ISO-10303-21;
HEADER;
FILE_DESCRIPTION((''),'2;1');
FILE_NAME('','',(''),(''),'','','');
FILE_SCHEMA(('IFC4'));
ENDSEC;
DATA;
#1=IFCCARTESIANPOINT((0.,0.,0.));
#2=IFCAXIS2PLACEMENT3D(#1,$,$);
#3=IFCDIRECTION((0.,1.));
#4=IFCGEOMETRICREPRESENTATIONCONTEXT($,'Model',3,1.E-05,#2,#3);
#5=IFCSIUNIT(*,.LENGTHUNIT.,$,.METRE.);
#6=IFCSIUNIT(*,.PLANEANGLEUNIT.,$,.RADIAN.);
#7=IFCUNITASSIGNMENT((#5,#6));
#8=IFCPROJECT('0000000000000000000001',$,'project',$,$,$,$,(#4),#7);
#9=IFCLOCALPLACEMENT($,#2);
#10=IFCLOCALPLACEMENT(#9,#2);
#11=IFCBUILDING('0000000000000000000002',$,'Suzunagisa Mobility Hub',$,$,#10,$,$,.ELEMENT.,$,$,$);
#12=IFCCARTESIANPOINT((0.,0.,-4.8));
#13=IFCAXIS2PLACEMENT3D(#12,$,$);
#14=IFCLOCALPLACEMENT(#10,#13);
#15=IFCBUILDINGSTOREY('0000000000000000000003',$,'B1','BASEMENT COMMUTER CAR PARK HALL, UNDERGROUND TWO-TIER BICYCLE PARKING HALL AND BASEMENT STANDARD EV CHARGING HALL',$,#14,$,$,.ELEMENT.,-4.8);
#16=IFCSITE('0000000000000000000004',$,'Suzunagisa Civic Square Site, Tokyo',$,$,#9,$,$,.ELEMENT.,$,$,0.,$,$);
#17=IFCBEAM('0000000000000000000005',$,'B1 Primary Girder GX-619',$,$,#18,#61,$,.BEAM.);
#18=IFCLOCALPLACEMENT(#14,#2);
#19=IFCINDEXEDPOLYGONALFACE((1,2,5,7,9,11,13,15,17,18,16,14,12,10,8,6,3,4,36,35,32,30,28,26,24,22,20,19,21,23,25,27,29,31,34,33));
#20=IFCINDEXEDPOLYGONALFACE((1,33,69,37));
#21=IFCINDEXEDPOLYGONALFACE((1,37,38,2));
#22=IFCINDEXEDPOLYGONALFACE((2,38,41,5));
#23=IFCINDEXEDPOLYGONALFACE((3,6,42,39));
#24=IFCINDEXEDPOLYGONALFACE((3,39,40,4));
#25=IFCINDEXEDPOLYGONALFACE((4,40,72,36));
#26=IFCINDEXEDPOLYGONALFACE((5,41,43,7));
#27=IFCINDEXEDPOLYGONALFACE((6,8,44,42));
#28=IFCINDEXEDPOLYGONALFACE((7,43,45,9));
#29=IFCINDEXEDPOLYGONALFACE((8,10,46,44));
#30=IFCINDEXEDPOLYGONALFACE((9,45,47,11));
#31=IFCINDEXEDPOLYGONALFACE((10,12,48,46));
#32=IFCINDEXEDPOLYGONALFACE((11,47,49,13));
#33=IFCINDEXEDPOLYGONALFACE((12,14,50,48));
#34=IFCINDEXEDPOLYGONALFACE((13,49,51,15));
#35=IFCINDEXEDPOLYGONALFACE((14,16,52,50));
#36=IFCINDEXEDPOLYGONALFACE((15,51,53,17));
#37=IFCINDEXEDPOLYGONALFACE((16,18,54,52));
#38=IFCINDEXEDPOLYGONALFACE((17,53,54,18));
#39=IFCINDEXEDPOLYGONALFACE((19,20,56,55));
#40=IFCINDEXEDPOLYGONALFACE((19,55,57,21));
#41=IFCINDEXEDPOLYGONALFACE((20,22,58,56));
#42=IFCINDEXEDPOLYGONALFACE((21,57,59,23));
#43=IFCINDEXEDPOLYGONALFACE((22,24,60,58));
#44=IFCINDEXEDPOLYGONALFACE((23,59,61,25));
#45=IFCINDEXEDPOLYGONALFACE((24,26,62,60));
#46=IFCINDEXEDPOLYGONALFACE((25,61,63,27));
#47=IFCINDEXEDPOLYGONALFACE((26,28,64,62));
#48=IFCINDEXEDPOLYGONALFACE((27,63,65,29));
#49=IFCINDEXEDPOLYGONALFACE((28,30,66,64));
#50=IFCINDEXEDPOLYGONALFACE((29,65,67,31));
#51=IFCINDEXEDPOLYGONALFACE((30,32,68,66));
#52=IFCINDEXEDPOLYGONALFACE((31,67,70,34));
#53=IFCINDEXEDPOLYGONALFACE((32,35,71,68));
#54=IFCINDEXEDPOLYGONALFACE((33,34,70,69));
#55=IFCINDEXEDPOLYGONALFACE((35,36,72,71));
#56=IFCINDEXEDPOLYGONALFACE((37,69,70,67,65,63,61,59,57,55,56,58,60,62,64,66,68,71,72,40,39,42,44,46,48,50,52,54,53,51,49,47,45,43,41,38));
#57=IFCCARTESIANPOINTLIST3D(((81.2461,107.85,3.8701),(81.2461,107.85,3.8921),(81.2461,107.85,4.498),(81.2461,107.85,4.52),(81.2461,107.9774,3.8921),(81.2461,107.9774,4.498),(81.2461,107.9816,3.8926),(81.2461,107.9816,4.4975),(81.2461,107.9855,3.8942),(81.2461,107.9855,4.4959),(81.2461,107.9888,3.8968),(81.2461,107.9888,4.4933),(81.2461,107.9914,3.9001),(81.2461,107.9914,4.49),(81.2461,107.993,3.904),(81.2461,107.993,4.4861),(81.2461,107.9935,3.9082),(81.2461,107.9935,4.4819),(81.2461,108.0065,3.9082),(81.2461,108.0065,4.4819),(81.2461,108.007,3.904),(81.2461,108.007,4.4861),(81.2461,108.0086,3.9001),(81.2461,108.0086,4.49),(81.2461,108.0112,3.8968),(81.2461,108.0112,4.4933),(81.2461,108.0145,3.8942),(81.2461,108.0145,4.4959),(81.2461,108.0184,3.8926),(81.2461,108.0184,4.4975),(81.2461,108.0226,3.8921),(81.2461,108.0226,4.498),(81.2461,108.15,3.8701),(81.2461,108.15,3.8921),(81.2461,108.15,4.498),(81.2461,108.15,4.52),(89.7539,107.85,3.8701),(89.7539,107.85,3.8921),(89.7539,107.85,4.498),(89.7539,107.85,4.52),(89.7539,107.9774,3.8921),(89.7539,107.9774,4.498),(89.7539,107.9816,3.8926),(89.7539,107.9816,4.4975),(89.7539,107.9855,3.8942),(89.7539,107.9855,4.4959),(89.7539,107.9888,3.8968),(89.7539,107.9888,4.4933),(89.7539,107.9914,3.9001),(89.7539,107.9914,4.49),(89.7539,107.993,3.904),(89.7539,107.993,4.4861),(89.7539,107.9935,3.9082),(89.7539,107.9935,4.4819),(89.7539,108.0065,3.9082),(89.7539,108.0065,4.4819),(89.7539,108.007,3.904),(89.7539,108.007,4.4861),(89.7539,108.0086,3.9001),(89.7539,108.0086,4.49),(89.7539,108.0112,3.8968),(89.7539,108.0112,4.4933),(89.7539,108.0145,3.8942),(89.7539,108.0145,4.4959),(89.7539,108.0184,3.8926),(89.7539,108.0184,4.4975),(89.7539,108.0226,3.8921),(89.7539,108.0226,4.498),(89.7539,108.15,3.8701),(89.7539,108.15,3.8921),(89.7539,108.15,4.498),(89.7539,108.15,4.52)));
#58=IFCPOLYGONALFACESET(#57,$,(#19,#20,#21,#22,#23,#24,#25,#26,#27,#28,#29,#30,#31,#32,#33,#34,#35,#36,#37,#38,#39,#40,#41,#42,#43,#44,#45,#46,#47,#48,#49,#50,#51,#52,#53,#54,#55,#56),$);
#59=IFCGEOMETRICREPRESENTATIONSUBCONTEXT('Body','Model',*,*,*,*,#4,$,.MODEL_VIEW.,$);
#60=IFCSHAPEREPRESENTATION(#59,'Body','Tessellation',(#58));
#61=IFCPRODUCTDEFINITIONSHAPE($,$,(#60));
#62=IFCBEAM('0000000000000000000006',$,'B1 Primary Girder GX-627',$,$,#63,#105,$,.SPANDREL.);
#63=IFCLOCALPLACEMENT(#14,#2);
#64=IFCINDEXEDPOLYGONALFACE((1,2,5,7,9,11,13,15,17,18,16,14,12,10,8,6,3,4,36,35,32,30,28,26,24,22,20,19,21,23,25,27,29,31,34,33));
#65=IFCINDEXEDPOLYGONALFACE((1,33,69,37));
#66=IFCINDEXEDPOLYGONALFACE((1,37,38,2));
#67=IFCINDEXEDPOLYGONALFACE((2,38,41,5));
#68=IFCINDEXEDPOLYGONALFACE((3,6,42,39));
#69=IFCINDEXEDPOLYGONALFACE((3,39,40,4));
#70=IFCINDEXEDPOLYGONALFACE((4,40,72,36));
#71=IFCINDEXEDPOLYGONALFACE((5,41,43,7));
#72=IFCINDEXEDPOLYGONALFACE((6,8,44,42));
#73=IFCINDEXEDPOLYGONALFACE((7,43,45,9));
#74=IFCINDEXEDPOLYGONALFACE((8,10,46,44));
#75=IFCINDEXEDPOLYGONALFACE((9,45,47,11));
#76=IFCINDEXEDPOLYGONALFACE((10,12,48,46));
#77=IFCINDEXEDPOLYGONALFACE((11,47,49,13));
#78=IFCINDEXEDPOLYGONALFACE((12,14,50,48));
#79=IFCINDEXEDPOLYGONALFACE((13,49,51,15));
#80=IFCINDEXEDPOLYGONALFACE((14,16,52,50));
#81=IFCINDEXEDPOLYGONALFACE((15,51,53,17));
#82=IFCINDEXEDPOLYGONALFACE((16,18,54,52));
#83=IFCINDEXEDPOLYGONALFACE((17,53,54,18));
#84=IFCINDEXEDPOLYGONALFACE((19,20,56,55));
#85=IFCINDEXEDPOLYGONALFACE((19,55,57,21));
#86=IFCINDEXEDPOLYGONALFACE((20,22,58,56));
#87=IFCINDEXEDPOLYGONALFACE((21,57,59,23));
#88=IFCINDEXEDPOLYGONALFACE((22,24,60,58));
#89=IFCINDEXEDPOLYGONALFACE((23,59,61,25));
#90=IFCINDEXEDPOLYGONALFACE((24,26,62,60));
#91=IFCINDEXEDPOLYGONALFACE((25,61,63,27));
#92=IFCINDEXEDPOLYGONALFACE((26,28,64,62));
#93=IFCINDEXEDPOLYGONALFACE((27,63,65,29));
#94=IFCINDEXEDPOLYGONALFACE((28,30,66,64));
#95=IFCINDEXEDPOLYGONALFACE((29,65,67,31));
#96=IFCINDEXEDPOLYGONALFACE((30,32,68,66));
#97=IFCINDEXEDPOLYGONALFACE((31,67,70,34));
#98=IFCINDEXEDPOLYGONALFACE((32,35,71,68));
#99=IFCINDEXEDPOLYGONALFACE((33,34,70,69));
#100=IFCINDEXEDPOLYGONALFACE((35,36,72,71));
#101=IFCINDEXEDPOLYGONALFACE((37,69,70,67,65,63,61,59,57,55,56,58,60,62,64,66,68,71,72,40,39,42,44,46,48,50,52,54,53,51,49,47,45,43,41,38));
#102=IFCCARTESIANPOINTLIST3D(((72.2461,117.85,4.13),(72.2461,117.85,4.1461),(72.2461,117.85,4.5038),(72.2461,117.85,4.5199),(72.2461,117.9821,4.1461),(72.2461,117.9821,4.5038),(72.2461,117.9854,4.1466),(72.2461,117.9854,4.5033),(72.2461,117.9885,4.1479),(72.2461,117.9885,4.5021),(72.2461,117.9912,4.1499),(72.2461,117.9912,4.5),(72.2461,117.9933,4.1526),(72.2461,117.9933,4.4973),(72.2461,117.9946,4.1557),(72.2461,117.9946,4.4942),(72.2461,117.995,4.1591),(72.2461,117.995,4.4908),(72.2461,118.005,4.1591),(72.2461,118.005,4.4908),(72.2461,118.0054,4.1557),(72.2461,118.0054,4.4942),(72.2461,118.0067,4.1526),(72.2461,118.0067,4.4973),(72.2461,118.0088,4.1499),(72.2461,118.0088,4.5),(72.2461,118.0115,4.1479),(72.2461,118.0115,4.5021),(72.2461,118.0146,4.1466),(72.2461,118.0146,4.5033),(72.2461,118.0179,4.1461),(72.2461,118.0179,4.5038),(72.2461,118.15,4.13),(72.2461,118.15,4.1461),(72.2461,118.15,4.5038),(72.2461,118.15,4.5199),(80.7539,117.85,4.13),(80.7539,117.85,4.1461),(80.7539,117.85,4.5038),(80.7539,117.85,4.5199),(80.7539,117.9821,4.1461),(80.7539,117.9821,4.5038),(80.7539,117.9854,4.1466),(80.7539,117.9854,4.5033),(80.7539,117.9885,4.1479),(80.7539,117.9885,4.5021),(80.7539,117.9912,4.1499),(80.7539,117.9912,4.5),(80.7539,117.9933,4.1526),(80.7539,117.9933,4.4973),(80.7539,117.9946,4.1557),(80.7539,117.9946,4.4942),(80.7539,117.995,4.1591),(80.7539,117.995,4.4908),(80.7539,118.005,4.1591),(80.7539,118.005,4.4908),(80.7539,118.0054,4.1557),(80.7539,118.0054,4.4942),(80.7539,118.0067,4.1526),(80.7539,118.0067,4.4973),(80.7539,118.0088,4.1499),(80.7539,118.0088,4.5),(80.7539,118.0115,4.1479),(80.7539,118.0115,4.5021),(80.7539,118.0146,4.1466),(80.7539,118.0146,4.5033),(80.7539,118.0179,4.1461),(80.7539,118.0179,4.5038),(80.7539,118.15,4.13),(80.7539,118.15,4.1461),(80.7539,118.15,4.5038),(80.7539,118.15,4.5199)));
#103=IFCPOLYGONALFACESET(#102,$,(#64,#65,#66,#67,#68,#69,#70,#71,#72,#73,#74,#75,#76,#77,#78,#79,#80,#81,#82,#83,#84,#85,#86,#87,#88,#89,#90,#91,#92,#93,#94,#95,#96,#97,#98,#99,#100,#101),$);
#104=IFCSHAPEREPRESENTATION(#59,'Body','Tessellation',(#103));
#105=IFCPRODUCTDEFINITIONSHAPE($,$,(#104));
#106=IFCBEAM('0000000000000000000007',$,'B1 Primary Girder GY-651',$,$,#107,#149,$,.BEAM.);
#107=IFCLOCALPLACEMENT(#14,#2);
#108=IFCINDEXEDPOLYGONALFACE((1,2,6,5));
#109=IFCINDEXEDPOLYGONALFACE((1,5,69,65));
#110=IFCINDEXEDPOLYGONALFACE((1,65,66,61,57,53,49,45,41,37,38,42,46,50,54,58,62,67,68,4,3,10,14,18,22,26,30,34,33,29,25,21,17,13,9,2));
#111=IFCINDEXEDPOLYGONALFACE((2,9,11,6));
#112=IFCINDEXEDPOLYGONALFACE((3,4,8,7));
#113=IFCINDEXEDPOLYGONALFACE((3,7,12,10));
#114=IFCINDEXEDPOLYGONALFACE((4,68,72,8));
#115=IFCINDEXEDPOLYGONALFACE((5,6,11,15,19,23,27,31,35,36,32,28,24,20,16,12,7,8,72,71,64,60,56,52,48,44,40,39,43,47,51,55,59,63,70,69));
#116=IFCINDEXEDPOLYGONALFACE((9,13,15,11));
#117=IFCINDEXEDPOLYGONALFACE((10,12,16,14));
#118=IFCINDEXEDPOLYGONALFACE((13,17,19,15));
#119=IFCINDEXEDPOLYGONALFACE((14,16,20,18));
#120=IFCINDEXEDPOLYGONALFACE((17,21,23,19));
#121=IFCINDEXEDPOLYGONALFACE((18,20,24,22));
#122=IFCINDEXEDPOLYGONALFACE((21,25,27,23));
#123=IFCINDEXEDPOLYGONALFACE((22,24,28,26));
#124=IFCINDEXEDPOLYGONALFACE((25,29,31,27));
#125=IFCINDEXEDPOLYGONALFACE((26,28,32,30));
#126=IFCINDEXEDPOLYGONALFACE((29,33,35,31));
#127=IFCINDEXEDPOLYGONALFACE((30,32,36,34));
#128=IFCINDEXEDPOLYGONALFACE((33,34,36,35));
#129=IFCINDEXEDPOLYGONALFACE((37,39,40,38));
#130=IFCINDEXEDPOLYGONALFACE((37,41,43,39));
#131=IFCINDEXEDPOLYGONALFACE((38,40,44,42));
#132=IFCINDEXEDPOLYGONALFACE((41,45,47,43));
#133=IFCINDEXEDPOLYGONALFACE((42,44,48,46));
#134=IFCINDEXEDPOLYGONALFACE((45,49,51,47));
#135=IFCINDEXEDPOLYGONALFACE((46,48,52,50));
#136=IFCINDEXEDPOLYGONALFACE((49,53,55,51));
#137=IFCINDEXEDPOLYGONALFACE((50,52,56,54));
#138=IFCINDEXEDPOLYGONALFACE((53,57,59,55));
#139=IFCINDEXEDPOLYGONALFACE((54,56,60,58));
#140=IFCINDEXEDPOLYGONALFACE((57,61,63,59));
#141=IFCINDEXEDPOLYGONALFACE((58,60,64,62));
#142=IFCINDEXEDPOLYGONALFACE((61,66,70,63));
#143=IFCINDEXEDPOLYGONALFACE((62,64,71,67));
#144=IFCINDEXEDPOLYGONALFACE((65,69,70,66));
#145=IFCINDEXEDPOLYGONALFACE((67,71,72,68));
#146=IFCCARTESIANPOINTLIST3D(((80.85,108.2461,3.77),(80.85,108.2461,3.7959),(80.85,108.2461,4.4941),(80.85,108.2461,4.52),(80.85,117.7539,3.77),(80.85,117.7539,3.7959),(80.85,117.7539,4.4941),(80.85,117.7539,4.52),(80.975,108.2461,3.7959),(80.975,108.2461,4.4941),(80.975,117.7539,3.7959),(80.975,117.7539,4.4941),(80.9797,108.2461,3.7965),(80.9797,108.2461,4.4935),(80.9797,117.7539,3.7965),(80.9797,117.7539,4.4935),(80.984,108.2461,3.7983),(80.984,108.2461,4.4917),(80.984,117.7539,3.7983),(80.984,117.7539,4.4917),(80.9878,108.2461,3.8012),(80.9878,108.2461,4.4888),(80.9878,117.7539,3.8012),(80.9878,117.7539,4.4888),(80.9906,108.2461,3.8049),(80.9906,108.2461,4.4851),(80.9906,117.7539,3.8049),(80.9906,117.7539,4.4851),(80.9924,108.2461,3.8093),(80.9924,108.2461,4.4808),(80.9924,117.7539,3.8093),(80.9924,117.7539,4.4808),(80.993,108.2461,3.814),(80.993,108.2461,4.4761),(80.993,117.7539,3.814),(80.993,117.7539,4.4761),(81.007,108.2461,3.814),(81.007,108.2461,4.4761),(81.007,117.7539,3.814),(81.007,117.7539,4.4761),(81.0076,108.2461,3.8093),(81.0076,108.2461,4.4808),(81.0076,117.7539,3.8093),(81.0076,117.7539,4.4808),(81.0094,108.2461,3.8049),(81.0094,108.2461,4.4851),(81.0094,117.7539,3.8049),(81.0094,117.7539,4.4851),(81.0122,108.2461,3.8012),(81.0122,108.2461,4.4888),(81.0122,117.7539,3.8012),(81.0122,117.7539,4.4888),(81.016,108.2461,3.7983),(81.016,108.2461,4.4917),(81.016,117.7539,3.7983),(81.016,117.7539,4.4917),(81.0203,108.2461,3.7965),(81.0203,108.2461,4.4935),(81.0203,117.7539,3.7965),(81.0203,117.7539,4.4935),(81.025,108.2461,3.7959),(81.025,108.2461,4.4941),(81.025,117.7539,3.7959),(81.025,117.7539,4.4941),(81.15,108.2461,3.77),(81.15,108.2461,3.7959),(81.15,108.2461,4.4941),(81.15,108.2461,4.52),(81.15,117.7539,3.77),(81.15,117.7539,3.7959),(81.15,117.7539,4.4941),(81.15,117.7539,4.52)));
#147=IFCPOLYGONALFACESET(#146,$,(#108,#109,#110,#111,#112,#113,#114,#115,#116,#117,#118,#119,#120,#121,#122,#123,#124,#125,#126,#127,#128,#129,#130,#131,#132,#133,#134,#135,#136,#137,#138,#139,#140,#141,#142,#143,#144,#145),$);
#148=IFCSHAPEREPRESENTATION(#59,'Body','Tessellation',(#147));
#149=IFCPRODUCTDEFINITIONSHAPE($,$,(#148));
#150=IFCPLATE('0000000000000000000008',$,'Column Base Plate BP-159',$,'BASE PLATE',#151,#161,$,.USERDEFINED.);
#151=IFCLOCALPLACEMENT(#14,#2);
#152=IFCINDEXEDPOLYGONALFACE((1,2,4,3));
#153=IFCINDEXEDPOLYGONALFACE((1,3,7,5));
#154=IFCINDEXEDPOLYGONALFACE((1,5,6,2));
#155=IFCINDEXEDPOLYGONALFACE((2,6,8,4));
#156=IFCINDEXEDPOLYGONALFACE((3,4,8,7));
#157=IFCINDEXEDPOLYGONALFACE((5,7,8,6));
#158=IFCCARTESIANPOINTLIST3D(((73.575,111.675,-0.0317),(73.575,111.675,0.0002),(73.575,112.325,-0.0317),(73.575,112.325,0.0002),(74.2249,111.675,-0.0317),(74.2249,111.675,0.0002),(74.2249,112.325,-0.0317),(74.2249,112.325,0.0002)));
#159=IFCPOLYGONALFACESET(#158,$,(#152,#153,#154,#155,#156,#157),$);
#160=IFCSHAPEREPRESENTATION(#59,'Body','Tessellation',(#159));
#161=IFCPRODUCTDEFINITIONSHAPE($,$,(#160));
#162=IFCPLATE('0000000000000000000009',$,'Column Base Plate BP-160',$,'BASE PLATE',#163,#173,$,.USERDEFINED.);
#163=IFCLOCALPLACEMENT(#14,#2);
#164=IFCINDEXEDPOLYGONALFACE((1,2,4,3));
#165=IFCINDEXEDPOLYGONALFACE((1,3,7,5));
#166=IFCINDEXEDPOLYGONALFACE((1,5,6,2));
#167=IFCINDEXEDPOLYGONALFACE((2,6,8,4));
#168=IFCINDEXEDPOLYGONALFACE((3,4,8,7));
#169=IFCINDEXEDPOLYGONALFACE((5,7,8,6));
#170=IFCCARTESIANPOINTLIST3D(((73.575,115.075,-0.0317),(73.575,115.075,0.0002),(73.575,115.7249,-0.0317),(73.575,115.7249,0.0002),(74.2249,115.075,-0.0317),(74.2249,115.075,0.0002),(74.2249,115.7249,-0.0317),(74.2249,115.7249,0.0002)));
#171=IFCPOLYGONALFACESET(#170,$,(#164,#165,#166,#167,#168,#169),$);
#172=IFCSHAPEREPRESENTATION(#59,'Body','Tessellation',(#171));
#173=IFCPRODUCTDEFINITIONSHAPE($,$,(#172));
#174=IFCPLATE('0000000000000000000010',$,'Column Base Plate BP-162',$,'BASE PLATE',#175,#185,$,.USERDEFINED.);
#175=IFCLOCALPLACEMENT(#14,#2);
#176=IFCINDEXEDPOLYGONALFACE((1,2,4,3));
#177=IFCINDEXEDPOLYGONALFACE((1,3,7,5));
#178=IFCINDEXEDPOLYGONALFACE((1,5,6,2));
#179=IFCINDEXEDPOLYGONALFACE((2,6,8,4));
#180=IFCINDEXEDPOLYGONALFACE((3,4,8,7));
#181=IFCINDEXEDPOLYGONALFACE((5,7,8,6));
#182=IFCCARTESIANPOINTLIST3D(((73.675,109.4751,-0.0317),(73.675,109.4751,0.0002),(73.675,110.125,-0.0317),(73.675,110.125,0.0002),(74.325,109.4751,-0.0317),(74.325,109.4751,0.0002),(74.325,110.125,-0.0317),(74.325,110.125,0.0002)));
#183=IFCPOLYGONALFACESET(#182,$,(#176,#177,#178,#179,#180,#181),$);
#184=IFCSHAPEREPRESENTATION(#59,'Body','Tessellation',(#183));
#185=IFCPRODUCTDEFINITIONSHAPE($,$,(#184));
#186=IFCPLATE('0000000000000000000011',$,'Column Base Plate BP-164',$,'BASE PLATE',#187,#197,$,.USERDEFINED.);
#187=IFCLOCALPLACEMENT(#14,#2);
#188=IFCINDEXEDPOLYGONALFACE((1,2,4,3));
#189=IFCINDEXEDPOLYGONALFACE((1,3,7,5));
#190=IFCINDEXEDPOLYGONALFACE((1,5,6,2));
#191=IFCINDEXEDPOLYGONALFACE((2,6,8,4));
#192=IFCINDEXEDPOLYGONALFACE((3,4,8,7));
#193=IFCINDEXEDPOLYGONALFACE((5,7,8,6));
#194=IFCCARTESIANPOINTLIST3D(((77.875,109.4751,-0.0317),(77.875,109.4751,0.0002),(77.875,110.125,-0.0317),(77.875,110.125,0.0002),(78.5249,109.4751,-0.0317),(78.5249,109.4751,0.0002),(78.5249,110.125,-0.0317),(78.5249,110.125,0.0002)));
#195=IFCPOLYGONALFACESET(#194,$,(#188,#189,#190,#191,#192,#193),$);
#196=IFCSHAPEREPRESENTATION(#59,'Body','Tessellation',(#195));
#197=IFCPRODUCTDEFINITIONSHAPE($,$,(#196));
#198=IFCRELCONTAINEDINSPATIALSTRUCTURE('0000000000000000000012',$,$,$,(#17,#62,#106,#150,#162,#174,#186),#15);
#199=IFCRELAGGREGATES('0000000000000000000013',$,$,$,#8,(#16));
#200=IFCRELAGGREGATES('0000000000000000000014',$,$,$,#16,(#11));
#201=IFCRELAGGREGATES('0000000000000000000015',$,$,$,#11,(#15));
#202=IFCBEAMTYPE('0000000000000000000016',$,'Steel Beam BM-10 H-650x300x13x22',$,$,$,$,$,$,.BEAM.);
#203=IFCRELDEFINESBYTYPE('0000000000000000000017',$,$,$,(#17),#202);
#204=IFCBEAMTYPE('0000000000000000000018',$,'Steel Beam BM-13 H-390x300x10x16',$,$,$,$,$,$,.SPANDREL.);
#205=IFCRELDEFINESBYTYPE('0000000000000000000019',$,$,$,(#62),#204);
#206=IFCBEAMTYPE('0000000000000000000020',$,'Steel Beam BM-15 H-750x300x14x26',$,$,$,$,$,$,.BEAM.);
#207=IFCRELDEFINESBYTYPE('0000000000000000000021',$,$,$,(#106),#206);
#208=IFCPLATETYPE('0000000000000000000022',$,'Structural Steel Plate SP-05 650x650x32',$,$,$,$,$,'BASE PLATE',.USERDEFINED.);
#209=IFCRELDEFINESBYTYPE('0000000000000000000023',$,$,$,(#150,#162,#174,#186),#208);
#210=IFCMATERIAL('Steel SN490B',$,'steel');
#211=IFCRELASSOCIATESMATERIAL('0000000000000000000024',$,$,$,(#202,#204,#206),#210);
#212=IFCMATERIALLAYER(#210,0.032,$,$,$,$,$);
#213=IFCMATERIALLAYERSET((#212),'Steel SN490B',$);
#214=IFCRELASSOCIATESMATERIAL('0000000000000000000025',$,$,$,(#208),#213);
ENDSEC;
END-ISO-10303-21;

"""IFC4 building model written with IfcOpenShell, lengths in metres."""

from ifc_helpers import new_model, si_unit, direction, frame, origin, origin_2d, place, context, subcontext, project, spatial, rectangle, i_section, extrude, material, layer, layer_set, material_profile, profile_set, type_object, element, save


model = new_model("IFC4")

# Units and contexts
model_context = context("Model", 3, precision=1e-05, world=origin(), true_north=direction((0.0, 1.0)))
body_context = subcontext(model_context, "Body", "Model", "MODEL_VIEW")
ifc_project = project(units=[si_unit("LENGTHUNIT", "METRE"), si_unit("PLANEANGLEUNIT", "RADIAN")], contexts=[model_context])

# Site, building, storey
site_placement = place(None, origin())
site = spatial("IfcSite", under=ifc_project, at=site_placement, Name="Suzunagisa Civic Square Site, Tokyo", CompositionType="ELEMENT", RefElevation=0.0)
building_placement = place(site_placement, origin())
building = spatial("IfcBuilding", under=site, at=building_placement, Name="Suzunagisa Mobility Hub", CompositionType="ELEMENT")
storey_placement = place(building_placement, frame((0.0, 0.0, -4.8)))
storey = spatial("IfcBuildingStorey", under=building, at=storey_placement, Name="B1", Description="BASEMENT COMMUTER CAR PARK HALL, UNDERGROUND TWO-TIER BICYCLE PARKING HALL AND BASEMENT STANDARD EV CHARGING HALL", CompositionType="ELEMENT", Elevation=-4.8)

# Shared definitions
ifc_material_1 = material(Name="Steel SN490B", Category="steel")

# Beams
ifc_material_profile_1 = material_profile(ifc_material_1, i_section(OverallWidth=0.3, OverallDepth=0.6499, WebThickness=0.0129, FlangeThickness=0.022, FilletRadius=0.0161, at=origin_2d()), Name="H-650x300x13x22")
ifc_profile_set_1 = profile_set([ifc_material_profile_1], Name="Steel SN490B")
beam_type_1 = type_object("IfcBeamType", Name="Steel Beam BM-10 H-650x300x13x22", PredefinedType="BEAM", material=ifc_profile_set_1)
beam_1_placement = place(storey_placement, frame((81.2461, 108.0, 4.1951), z_axis=(1.0, 0.0, 0.0), x_axis=(0.0, 1.0, 0.0)))
element("IfcBeam", 1, at=beam_1_placement, inside=storey, type_object=beam_type_1, Name="B1 Primary Girder GX-619", PredefinedType="BEAM", context=body_context, shape_type="SweptSolid", body=[
    extrude(i_section(OverallWidth=0.3, OverallDepth=0.6499, WebThickness=0.0129, FlangeThickness=0.022, FilletRadius=0.0161, at=origin_2d()), origin(), (0.0, 0.0, 1.0), 8.5078),
])
ifc_material_profile_2 = material_profile(ifc_material_1, i_section(OverallWidth=0.3, OverallDepth=0.3899, WebThickness=0.01, FlangeThickness=0.0161, FilletRadius=0.0129, at=origin_2d()), Name="H-390x300x10x16")
ifc_profile_set_2 = profile_set([ifc_material_profile_2], Name="Steel SN490B")
beam_type_2 = type_object("IfcBeamType", Name="Steel Beam BM-13 H-390x300x10x16", PredefinedType="SPANDREL", material=ifc_profile_set_2)
beam_2_placement = place(storey_placement, frame((72.2461, 118.0, 4.325), z_axis=(1.0, 0.0, 0.0), x_axis=(0.0, 1.0, 0.0)))
element("IfcBeam", 2, at=beam_2_placement, inside=storey, type_object=beam_type_2, Name="B1 Primary Girder GX-627", PredefinedType="SPANDREL", context=body_context, shape_type="SweptSolid", body=[
    extrude(i_section(OverallWidth=0.3, OverallDepth=0.3899, WebThickness=0.01, FlangeThickness=0.0161, FilletRadius=0.0129, at=origin_2d()), origin(), (0.0, 0.0, 1.0), 8.5078),
])
ifc_material_profile_3 = material_profile(ifc_material_1, i_section(OverallWidth=0.3, OverallDepth=0.75, WebThickness=0.0139, FlangeThickness=0.0259, FilletRadius=0.0181, at=origin_2d()), Name="H-750x300x14x26")
ifc_profile_set_3 = profile_set([ifc_material_profile_3], Name="Steel SN490B")
beam_type_3 = type_object("IfcBeamType", Name="Steel Beam BM-15 H-750x300x14x26", PredefinedType="BEAM", material=ifc_profile_set_3)
beam_3_placement = place(storey_placement, frame((81.0, 108.2461, 4.145), z_axis=(0.0, 1.0, 0.0), x_axis=(-1.0, 0.0, 0.0)))
element("IfcBeam", 3, at=beam_3_placement, inside=storey, type_object=beam_type_3, Name="B1 Primary Girder GY-651", PredefinedType="BEAM", context=body_context, shape_type="SweptSolid", body=[
    extrude(i_section(OverallWidth=0.3, OverallDepth=0.75, WebThickness=0.0139, FlangeThickness=0.0259, FilletRadius=0.0181, at=origin_2d()), origin(), (0.0, 0.0, 1.0), 9.5078),
])

# Plates
ifc_layer_1 = layer(ifc_material_1, 0.032)
ifc_layer_set_1 = layer_set([ifc_layer_1], Name="Steel SN490B")
plate_type = type_object("IfcPlateType", Name="Structural Steel Plate SP-05 650x650x32", ElementType="BASE PLATE", PredefinedType="USERDEFINED", material=ifc_layer_set_1)
for number, where, z_axis, x_axis, name in (
    (4, (73.8999, 112.0, -0.0317), (0.0, 0.0, 1.0), (1.0, 0.0, 0.0), "Column Base Plate BP-159"),
    (5, (73.8999, 115.3999, -0.0317), (0.0, 0.0, 1.0), (1.0, 0.0, 0.0), "Column Base Plate BP-160"),
    (6, (74.0, 109.8, -0.0317), (0.0, 0.0, 1.0), (1.0, 0.0, 0.0), "Column Base Plate BP-162"),
    (7, (78.2, 109.8, -0.0317), (0.0, 0.0, 1.0), (1.0, 0.0, 0.0), "Column Base Plate BP-164"),
):
    element("IfcPlate", number, at=place(storey_placement, frame(where, z_axis=z_axis, x_axis=x_axis)), inside=storey, type_object=plate_type, Name=name, ObjectType="BASE PLATE", PredefinedType="USERDEFINED", context=body_context, shape_type="SweptSolid", body=[
        extrude(rectangle(XDim=0.6499, YDim=0.6499, at=origin_2d()), origin(), (0.0, 0.0, 1.0), 0.032),
    ])

save(model, "model.ifc")
